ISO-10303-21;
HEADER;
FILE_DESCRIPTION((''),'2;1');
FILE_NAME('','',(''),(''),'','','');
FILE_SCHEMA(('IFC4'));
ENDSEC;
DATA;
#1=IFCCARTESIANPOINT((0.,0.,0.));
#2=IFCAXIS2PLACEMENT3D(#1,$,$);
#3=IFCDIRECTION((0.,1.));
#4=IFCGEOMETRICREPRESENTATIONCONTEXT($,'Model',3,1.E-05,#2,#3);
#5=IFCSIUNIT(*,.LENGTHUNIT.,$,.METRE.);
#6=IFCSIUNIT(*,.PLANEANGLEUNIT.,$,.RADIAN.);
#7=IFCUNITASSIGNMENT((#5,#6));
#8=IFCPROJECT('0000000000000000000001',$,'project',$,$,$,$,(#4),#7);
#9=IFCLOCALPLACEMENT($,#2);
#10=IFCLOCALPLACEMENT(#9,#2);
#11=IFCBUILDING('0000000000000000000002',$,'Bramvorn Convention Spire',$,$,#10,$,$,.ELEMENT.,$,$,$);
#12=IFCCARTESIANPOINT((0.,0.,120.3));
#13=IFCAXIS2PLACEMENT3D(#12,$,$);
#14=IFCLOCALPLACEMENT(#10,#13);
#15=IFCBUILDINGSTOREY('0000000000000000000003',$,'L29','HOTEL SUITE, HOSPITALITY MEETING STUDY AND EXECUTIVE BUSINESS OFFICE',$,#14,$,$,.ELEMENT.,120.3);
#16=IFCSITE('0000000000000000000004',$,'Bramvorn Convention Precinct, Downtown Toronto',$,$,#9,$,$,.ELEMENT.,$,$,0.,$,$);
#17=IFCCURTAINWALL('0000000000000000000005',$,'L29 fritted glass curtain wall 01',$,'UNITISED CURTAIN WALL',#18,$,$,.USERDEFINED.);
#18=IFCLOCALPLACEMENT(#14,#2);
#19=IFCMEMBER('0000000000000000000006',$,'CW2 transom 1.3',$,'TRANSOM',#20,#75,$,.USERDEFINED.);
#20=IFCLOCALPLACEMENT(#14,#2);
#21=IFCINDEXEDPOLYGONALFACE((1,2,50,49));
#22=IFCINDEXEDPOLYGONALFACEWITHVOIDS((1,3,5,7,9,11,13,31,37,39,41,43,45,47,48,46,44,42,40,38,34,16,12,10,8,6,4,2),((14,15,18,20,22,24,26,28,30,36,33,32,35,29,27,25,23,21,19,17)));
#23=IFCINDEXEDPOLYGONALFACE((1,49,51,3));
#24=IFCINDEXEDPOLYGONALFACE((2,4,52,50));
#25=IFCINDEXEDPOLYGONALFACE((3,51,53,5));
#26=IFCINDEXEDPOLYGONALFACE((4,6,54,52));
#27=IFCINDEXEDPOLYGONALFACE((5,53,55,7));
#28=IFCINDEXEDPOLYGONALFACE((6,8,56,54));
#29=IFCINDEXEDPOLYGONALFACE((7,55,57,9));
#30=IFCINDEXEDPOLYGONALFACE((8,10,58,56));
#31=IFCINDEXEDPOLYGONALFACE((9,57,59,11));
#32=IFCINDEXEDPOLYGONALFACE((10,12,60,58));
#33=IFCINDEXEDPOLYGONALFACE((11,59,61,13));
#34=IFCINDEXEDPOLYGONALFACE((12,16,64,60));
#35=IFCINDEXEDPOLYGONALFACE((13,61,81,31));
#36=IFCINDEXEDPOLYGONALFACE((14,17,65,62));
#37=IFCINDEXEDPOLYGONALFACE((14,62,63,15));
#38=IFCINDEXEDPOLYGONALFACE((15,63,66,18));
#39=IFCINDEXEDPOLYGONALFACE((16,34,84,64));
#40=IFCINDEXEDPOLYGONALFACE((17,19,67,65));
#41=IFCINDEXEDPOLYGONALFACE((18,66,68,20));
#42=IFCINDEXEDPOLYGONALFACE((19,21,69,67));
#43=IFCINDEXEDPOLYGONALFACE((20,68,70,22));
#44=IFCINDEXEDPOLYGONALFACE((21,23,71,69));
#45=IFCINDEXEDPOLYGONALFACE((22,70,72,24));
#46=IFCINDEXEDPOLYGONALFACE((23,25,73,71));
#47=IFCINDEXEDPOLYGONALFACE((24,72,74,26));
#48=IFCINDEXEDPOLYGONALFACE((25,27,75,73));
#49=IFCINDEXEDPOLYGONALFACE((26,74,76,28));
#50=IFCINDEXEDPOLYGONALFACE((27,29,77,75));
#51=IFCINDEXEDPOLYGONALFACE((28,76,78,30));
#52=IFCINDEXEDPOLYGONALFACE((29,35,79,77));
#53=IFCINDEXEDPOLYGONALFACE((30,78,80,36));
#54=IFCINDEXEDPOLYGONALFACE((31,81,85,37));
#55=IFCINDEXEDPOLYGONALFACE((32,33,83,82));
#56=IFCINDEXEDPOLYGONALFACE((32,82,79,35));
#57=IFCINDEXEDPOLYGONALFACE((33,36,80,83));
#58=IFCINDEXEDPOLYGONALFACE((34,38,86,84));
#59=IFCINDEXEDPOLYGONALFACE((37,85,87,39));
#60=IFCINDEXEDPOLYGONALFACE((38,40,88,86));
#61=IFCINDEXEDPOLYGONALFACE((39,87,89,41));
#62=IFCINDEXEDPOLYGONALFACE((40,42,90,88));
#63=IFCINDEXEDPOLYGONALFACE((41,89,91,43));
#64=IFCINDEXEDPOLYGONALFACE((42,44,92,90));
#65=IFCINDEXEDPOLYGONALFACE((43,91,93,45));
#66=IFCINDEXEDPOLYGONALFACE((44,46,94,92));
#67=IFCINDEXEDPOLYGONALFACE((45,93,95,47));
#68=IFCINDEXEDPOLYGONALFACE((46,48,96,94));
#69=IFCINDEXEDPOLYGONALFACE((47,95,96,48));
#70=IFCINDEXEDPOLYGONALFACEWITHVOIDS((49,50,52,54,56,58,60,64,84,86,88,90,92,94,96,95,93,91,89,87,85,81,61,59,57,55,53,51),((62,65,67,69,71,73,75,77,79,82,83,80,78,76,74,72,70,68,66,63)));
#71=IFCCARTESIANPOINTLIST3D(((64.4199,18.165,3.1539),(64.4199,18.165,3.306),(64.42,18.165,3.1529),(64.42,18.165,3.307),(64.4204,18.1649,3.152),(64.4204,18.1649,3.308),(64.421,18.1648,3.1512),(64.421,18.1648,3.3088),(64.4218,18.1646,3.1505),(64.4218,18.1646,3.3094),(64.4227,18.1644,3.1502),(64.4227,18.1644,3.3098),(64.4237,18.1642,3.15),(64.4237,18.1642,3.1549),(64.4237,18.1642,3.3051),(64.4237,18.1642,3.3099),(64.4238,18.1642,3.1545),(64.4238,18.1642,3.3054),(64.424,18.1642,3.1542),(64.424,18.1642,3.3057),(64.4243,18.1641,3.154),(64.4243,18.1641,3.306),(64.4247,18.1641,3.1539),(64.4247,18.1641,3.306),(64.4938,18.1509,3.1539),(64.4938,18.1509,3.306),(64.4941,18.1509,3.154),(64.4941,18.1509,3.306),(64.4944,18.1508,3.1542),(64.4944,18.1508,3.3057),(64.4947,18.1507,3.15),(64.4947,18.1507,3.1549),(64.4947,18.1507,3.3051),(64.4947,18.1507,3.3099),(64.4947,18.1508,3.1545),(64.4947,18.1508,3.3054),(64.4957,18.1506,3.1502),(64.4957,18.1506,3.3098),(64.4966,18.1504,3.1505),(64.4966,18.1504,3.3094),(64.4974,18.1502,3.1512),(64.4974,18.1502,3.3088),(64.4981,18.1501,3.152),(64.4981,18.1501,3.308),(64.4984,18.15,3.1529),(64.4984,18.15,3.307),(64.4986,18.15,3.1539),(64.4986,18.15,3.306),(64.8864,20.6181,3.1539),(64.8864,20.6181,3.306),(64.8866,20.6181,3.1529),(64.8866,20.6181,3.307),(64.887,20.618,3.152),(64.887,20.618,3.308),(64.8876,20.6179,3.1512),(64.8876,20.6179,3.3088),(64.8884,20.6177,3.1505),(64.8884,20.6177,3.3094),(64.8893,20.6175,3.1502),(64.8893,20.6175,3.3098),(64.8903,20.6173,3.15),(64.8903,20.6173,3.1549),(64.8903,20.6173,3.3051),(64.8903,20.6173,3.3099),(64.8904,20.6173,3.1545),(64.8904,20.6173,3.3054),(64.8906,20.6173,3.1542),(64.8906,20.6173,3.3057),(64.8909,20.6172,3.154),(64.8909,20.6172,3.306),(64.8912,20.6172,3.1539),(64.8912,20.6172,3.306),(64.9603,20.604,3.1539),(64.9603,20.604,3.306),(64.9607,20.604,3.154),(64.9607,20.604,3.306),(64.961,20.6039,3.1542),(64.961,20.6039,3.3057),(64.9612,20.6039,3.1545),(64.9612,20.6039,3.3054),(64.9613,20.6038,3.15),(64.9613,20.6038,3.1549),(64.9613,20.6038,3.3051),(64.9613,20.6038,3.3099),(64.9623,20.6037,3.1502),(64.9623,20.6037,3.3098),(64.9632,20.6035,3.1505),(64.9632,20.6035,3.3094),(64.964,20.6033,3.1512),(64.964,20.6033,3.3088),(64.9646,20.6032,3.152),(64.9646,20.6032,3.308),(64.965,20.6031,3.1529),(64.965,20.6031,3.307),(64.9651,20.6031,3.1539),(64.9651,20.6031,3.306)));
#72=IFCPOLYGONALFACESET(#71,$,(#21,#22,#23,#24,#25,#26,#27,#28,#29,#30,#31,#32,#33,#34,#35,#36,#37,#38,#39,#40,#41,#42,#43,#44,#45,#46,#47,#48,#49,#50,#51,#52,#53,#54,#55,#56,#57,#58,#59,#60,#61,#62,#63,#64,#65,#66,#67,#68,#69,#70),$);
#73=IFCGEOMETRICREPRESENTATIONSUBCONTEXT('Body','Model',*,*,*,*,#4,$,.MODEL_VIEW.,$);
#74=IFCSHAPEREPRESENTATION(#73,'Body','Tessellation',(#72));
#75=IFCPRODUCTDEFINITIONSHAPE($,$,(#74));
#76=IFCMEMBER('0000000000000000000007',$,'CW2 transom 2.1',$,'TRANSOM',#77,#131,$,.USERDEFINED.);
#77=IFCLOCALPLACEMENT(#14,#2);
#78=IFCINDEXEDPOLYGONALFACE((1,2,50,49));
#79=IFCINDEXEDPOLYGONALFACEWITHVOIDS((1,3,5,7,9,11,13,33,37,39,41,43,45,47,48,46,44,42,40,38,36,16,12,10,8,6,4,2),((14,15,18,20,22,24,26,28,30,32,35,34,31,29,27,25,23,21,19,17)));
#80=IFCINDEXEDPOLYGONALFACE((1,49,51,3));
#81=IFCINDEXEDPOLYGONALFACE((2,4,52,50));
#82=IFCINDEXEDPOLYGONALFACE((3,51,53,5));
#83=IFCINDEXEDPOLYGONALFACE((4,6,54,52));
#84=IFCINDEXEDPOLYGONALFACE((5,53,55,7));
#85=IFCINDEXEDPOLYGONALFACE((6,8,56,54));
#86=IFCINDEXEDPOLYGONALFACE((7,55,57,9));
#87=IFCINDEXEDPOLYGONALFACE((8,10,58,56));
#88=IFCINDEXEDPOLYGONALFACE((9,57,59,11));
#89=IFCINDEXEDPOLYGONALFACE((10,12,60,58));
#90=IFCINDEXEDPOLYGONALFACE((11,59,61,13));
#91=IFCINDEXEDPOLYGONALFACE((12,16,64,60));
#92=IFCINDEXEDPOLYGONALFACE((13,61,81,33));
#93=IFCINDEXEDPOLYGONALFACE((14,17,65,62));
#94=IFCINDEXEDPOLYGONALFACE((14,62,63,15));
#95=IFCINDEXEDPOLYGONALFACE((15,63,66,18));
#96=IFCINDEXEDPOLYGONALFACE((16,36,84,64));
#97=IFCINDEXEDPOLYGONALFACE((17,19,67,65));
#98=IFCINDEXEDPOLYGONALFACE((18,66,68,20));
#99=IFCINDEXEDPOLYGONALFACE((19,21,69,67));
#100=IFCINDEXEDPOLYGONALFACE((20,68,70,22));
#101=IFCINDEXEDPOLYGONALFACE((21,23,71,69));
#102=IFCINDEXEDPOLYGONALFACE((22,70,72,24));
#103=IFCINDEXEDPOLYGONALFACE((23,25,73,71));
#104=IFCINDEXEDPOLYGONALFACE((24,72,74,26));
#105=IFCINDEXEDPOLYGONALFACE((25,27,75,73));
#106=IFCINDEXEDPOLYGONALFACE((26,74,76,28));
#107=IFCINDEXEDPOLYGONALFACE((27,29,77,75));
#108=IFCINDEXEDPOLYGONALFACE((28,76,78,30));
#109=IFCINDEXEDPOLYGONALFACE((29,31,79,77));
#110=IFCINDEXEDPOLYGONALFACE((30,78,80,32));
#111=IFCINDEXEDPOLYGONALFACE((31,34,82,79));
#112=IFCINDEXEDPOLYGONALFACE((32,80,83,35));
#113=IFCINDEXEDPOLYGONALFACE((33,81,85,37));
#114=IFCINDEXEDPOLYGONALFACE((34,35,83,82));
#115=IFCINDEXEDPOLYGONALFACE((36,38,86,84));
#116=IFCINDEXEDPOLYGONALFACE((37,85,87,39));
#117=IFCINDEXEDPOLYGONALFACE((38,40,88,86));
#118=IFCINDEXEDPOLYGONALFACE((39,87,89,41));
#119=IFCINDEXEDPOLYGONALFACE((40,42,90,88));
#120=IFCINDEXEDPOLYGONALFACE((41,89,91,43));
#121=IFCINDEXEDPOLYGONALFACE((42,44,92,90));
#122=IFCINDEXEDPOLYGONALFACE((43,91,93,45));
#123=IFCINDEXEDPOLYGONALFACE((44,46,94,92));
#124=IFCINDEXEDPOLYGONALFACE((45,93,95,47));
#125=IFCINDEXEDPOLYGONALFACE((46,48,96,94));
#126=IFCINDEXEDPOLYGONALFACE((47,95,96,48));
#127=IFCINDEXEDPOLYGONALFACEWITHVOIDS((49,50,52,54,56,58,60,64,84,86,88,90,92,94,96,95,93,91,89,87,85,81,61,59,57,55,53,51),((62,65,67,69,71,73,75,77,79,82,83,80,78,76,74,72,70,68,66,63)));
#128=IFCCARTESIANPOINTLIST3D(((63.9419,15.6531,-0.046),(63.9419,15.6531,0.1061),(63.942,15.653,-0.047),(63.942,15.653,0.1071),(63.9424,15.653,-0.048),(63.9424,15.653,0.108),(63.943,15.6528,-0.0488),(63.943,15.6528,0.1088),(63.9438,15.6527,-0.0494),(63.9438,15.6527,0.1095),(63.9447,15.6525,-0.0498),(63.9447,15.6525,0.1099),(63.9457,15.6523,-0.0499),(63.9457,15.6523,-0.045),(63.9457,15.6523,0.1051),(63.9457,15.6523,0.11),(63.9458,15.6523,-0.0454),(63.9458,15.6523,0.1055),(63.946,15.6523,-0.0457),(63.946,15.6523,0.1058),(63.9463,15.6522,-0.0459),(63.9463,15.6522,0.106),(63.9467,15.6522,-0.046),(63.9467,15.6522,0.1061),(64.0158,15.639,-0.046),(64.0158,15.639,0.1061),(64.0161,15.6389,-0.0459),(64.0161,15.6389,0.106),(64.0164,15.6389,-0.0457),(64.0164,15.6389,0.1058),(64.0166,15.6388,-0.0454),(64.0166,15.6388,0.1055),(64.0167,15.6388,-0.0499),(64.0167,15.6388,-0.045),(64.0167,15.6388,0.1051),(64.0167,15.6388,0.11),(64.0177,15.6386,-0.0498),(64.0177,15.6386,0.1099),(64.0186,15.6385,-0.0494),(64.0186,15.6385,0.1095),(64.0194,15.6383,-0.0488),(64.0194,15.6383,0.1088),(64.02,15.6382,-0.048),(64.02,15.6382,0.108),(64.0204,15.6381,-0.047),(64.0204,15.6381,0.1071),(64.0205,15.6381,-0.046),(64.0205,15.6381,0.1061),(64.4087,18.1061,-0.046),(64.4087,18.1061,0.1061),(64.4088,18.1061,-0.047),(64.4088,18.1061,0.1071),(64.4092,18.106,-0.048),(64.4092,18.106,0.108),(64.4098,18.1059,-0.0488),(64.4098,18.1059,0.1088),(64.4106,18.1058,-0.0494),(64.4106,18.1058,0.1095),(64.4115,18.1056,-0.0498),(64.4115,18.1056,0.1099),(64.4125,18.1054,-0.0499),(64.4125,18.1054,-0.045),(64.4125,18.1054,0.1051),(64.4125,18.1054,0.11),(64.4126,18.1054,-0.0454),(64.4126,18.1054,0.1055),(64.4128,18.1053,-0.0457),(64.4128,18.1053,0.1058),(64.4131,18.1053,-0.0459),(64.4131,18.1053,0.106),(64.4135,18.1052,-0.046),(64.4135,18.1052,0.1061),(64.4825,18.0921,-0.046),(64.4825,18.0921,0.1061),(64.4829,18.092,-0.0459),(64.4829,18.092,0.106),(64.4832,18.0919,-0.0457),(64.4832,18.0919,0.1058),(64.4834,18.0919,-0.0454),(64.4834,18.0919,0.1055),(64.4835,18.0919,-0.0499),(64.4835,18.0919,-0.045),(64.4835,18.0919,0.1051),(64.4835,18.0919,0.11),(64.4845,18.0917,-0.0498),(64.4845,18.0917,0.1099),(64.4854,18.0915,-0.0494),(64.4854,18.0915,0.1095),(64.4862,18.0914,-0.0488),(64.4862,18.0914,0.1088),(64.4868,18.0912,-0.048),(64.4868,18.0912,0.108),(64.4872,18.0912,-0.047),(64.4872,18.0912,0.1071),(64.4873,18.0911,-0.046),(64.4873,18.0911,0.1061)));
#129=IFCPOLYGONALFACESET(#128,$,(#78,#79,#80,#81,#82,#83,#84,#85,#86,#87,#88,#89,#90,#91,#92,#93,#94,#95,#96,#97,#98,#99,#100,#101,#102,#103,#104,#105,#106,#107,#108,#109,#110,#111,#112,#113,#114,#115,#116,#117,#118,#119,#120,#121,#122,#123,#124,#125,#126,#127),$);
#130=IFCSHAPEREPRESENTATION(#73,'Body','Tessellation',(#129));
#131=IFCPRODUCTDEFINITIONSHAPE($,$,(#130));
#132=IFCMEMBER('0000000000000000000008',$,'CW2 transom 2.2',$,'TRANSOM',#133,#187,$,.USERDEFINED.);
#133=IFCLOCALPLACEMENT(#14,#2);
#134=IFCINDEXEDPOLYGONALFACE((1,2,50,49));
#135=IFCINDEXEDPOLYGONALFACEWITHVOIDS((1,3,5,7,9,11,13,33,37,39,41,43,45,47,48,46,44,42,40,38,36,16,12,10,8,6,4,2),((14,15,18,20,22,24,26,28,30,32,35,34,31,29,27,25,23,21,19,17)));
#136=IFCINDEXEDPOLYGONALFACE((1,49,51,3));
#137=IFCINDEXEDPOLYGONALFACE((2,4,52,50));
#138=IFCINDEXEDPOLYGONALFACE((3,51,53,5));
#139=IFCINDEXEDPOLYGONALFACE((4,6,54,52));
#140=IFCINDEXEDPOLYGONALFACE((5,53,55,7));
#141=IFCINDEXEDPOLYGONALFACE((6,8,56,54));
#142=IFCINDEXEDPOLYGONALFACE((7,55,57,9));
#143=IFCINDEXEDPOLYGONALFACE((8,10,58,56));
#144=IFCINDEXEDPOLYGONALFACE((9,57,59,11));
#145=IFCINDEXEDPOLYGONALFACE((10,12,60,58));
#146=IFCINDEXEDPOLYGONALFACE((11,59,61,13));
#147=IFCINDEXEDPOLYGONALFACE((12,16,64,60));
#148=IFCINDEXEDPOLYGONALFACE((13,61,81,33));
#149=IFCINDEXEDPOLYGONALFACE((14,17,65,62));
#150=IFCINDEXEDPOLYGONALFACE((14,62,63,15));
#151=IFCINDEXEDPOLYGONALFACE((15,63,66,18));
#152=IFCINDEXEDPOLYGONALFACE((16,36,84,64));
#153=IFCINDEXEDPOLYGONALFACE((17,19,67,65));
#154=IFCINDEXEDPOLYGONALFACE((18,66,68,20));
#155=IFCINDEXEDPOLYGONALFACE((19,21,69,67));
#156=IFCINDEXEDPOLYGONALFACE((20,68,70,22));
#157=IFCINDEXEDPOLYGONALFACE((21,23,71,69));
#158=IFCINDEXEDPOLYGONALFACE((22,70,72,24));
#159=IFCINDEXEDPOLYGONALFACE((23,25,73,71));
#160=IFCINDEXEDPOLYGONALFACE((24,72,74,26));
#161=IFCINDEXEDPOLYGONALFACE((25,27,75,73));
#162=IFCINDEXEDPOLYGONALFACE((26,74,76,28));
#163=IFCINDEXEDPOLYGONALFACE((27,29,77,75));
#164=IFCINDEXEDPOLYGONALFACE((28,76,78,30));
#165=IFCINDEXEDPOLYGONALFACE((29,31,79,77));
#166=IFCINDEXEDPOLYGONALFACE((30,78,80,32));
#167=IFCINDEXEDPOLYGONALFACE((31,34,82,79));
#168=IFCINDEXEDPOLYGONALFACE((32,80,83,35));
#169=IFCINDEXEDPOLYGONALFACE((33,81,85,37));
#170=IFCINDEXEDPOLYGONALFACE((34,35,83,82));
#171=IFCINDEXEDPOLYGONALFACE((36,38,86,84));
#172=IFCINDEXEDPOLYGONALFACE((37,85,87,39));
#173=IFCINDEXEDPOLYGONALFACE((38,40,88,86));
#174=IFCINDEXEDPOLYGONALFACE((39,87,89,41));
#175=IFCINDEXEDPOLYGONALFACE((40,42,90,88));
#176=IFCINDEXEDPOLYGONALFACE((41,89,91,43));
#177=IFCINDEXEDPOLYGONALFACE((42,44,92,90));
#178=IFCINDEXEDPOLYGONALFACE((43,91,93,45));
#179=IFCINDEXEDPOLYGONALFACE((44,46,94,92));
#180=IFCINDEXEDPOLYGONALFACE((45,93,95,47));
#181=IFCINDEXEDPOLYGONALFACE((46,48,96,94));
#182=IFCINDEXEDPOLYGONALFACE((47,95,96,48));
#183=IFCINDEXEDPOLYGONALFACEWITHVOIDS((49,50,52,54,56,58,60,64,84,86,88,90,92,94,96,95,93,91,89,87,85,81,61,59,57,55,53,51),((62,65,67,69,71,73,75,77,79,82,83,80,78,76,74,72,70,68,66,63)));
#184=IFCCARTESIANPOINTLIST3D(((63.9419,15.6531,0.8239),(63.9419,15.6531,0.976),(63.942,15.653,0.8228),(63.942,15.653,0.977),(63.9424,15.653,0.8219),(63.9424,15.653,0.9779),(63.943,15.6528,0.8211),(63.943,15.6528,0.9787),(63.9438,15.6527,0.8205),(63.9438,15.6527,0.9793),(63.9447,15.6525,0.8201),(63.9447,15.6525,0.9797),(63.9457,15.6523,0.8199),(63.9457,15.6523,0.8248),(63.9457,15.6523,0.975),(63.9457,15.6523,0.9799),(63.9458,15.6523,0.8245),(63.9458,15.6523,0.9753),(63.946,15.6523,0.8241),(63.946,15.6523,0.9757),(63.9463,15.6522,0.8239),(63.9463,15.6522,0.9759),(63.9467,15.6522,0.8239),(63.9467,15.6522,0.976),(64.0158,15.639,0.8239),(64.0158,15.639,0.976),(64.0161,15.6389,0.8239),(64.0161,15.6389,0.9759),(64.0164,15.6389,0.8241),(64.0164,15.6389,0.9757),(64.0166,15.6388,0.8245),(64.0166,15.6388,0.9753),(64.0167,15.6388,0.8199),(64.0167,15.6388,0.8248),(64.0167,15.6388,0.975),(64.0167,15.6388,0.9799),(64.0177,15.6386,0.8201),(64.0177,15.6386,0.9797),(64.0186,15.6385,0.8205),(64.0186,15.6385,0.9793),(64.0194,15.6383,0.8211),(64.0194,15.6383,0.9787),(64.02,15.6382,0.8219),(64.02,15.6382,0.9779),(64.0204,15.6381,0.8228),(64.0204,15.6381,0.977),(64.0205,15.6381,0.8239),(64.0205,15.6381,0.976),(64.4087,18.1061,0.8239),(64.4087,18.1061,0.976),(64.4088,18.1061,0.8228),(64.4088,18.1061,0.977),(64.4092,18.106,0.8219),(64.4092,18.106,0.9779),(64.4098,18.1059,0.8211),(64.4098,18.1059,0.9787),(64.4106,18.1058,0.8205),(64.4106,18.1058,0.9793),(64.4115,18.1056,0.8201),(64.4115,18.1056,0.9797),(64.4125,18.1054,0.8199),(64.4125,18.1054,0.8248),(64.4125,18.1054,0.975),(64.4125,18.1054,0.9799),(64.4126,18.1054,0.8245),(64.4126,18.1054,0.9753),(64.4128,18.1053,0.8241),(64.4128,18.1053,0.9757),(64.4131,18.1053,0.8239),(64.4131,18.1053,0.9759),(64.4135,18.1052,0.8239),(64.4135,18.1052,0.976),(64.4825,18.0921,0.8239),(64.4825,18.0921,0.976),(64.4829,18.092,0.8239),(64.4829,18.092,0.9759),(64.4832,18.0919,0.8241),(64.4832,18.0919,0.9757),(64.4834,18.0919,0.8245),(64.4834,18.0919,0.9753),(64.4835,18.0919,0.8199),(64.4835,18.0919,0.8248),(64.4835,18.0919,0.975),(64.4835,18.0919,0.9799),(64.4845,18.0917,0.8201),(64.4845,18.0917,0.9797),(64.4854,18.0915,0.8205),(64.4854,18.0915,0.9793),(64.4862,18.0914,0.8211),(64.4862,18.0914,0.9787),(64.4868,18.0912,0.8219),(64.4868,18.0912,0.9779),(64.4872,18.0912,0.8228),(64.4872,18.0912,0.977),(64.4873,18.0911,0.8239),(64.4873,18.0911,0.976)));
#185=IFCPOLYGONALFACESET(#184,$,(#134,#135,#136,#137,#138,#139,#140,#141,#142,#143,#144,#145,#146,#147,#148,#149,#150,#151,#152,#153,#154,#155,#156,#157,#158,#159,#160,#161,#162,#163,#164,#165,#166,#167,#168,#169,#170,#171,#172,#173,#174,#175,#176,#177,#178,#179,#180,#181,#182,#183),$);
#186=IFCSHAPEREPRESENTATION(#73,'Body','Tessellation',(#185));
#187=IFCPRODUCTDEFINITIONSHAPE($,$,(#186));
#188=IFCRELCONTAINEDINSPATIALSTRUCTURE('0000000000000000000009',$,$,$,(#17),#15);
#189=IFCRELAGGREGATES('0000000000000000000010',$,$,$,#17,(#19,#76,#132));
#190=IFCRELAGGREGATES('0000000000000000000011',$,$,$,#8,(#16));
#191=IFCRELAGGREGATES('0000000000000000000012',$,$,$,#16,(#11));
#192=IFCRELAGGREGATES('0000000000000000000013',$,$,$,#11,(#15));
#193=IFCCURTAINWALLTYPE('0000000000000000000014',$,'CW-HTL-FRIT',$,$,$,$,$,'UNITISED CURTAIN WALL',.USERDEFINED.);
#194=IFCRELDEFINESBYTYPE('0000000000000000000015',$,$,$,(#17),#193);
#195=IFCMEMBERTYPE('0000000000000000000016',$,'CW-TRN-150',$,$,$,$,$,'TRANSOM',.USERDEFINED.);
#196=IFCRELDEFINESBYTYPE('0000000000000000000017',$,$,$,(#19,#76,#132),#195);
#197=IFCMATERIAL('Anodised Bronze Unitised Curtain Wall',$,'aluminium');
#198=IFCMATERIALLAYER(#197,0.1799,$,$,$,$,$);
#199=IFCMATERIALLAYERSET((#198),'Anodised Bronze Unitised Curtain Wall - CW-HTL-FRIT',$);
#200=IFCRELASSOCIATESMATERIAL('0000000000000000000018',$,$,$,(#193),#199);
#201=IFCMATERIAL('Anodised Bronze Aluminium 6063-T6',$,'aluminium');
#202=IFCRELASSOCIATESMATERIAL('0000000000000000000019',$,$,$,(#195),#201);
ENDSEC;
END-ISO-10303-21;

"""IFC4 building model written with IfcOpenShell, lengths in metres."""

from ifc_helpers import new_model, si_unit, direction, frame, origin, origin_2d, place, context, subcontext, project, spatial, hollow_rectangle, extrude, material, layer, layer_set, material_profile, profile_set, type_object, element, aggregate, save


model = new_model("IFC4")

# Units and contexts
model_context = context("Model", 3, precision=1e-05, world=origin(), true_north=direction((0.0, 1.0)))
body_context = subcontext(model_context, "Body", "Model", "MODEL_VIEW")
ifc_project = project(units=[si_unit("LENGTHUNIT", "METRE"), si_unit("PLANEANGLEUNIT", "RADIAN")], contexts=[model_context])

# Site, building, storey
site_placement = place(None, origin())
site = spatial("IfcSite", under=ifc_project, at=site_placement, Name="Bramvorn Convention Precinct, Downtown Toronto", CompositionType="ELEMENT", RefElevation=0.0)
building_placement = place(site_placement, origin())
building = spatial("IfcBuilding", under=site, at=building_placement, Name="Bramvorn Convention Spire", CompositionType="ELEMENT")
storey_placement = place(building_placement, frame((0.0, 0.0, 120.3)))
storey = spatial("IfcBuildingStorey", under=building, at=storey_placement, Name="L29", Description="HOTEL SUITE, HOSPITALITY MEETING STUDY AND EXECUTIVE BUSINESS OFFICE", CompositionType="ELEMENT", Elevation=120.3)

# Curtain wall
ifc_material_1 = material(Name="Anodised Bronze Unitised Curtain Wall", Category="aluminium")
ifc_layer_1 = layer(ifc_material_1, 0.1799)
ifc_layer_set_1 = layer_set([ifc_layer_1], Name="Anodised Bronze Unitised Curtain Wall - CW-HTL-FRIT")
curtain_wall_type = type_object("IfcCurtainWallType", Name="CW-HTL-FRIT", ElementType="UNITISED CURTAIN WALL", PredefinedType="USERDEFINED", material=ifc_layer_set_1)
curtain_wall_1_placement = place(storey_placement, origin())
curtain_wall_1 = element("IfcCurtainWall", 1, at=curtain_wall_1_placement, inside=storey, type_object=curtain_wall_type, Name="L29 fritted glass curtain wall 01", ObjectType="UNITISED CURTAIN WALL", PredefinedType="USERDEFINED")
ifc_material_2 = material(Name="Anodised Bronze Aluminium 6063-T6", Category="aluminium")

# Members
ifc_material_profile_1 = material_profile(ifc_material_2, hollow_rectangle(XDim=0.0801, YDim=0.1599, WallThickness=0.0039, InnerFilletRadius=0.001, OuterFilletRadius=0.0039, at=origin_2d()))
ifc_profile_set_1 = profile_set([ifc_material_profile_1], Name="Anodised Bronze Aluminium 6063-T6 - CWT80X160")
member_type_1 = type_object("IfcMemberType", Name="CW-TRN-150", ElementType="TRANSOM", PredefinedType="USERDEFINED", material=ifc_profile_set_1)
member_1_placement = place(storey_placement, frame((64.9258, 20.6106, 3.23), z_axis=(-0.186838, -0.982391, 0.0), x_axis=(0.982391, -0.186838, 0.0)))
member_1 = element("IfcMember", 2, at=member_1_placement, type_object=member_type_1, Name="CW2 transom 1.3", ObjectType="TRANSOM", PredefinedType="USERDEFINED", context=body_context, shape_type="SweptSolid", body=[
    extrude(hollow_rectangle(XDim=0.0801, YDim=0.1599, WallThickness=0.0039, InnerFilletRadius=0.001, OuterFilletRadius=0.0039, at=origin_2d()), origin(), (0.0, 0.0, 1.0), 2.4971),
])
member_2_placement = place(storey_placement, frame((64.448, 18.0986, 0.03), z_axis=(-0.186932, -0.982373, 0.0), x_axis=(0.982373, -0.186932, 0.0)))
member_2 = element("IfcMember", 3, at=member_2_placement, type_object=member_type_1, Name="CW2 transom 2.1", ObjectType="TRANSOM", PredefinedType="USERDEFINED", context=body_context, shape_type="SweptSolid", body=[
    extrude(hollow_rectangle(XDim=0.0801, YDim=0.1599, WallThickness=0.0039, InnerFilletRadius=0.001, OuterFilletRadius=0.0039, at=origin_2d()), origin(), (0.0, 0.0, 1.0), 2.4971),
])
member_3_placement = place(storey_placement, frame((64.448, 18.0986, 0.8999), z_axis=(-0.186932, -0.982373, 0.0), x_axis=(0.982373, -0.186932, 0.0)))
member_3 = element("IfcMember", 4, at=member_3_placement, type_object=member_type_1, Name="CW2 transom 2.2", ObjectType="TRANSOM", PredefinedType="USERDEFINED", context=body_context, shape_type="SweptSolid", body=[
    extrude(hollow_rectangle(XDim=0.0801, YDim=0.1599, WallThickness=0.0039, InnerFilletRadius=0.001, OuterFilletRadius=0.0039, at=origin_2d()), origin(), (0.0, 0.0, 1.0), 2.4971),
])

aggregate(curtain_wall_1, [member_1, member_2, member_3])

save(model, "model.ifc")
